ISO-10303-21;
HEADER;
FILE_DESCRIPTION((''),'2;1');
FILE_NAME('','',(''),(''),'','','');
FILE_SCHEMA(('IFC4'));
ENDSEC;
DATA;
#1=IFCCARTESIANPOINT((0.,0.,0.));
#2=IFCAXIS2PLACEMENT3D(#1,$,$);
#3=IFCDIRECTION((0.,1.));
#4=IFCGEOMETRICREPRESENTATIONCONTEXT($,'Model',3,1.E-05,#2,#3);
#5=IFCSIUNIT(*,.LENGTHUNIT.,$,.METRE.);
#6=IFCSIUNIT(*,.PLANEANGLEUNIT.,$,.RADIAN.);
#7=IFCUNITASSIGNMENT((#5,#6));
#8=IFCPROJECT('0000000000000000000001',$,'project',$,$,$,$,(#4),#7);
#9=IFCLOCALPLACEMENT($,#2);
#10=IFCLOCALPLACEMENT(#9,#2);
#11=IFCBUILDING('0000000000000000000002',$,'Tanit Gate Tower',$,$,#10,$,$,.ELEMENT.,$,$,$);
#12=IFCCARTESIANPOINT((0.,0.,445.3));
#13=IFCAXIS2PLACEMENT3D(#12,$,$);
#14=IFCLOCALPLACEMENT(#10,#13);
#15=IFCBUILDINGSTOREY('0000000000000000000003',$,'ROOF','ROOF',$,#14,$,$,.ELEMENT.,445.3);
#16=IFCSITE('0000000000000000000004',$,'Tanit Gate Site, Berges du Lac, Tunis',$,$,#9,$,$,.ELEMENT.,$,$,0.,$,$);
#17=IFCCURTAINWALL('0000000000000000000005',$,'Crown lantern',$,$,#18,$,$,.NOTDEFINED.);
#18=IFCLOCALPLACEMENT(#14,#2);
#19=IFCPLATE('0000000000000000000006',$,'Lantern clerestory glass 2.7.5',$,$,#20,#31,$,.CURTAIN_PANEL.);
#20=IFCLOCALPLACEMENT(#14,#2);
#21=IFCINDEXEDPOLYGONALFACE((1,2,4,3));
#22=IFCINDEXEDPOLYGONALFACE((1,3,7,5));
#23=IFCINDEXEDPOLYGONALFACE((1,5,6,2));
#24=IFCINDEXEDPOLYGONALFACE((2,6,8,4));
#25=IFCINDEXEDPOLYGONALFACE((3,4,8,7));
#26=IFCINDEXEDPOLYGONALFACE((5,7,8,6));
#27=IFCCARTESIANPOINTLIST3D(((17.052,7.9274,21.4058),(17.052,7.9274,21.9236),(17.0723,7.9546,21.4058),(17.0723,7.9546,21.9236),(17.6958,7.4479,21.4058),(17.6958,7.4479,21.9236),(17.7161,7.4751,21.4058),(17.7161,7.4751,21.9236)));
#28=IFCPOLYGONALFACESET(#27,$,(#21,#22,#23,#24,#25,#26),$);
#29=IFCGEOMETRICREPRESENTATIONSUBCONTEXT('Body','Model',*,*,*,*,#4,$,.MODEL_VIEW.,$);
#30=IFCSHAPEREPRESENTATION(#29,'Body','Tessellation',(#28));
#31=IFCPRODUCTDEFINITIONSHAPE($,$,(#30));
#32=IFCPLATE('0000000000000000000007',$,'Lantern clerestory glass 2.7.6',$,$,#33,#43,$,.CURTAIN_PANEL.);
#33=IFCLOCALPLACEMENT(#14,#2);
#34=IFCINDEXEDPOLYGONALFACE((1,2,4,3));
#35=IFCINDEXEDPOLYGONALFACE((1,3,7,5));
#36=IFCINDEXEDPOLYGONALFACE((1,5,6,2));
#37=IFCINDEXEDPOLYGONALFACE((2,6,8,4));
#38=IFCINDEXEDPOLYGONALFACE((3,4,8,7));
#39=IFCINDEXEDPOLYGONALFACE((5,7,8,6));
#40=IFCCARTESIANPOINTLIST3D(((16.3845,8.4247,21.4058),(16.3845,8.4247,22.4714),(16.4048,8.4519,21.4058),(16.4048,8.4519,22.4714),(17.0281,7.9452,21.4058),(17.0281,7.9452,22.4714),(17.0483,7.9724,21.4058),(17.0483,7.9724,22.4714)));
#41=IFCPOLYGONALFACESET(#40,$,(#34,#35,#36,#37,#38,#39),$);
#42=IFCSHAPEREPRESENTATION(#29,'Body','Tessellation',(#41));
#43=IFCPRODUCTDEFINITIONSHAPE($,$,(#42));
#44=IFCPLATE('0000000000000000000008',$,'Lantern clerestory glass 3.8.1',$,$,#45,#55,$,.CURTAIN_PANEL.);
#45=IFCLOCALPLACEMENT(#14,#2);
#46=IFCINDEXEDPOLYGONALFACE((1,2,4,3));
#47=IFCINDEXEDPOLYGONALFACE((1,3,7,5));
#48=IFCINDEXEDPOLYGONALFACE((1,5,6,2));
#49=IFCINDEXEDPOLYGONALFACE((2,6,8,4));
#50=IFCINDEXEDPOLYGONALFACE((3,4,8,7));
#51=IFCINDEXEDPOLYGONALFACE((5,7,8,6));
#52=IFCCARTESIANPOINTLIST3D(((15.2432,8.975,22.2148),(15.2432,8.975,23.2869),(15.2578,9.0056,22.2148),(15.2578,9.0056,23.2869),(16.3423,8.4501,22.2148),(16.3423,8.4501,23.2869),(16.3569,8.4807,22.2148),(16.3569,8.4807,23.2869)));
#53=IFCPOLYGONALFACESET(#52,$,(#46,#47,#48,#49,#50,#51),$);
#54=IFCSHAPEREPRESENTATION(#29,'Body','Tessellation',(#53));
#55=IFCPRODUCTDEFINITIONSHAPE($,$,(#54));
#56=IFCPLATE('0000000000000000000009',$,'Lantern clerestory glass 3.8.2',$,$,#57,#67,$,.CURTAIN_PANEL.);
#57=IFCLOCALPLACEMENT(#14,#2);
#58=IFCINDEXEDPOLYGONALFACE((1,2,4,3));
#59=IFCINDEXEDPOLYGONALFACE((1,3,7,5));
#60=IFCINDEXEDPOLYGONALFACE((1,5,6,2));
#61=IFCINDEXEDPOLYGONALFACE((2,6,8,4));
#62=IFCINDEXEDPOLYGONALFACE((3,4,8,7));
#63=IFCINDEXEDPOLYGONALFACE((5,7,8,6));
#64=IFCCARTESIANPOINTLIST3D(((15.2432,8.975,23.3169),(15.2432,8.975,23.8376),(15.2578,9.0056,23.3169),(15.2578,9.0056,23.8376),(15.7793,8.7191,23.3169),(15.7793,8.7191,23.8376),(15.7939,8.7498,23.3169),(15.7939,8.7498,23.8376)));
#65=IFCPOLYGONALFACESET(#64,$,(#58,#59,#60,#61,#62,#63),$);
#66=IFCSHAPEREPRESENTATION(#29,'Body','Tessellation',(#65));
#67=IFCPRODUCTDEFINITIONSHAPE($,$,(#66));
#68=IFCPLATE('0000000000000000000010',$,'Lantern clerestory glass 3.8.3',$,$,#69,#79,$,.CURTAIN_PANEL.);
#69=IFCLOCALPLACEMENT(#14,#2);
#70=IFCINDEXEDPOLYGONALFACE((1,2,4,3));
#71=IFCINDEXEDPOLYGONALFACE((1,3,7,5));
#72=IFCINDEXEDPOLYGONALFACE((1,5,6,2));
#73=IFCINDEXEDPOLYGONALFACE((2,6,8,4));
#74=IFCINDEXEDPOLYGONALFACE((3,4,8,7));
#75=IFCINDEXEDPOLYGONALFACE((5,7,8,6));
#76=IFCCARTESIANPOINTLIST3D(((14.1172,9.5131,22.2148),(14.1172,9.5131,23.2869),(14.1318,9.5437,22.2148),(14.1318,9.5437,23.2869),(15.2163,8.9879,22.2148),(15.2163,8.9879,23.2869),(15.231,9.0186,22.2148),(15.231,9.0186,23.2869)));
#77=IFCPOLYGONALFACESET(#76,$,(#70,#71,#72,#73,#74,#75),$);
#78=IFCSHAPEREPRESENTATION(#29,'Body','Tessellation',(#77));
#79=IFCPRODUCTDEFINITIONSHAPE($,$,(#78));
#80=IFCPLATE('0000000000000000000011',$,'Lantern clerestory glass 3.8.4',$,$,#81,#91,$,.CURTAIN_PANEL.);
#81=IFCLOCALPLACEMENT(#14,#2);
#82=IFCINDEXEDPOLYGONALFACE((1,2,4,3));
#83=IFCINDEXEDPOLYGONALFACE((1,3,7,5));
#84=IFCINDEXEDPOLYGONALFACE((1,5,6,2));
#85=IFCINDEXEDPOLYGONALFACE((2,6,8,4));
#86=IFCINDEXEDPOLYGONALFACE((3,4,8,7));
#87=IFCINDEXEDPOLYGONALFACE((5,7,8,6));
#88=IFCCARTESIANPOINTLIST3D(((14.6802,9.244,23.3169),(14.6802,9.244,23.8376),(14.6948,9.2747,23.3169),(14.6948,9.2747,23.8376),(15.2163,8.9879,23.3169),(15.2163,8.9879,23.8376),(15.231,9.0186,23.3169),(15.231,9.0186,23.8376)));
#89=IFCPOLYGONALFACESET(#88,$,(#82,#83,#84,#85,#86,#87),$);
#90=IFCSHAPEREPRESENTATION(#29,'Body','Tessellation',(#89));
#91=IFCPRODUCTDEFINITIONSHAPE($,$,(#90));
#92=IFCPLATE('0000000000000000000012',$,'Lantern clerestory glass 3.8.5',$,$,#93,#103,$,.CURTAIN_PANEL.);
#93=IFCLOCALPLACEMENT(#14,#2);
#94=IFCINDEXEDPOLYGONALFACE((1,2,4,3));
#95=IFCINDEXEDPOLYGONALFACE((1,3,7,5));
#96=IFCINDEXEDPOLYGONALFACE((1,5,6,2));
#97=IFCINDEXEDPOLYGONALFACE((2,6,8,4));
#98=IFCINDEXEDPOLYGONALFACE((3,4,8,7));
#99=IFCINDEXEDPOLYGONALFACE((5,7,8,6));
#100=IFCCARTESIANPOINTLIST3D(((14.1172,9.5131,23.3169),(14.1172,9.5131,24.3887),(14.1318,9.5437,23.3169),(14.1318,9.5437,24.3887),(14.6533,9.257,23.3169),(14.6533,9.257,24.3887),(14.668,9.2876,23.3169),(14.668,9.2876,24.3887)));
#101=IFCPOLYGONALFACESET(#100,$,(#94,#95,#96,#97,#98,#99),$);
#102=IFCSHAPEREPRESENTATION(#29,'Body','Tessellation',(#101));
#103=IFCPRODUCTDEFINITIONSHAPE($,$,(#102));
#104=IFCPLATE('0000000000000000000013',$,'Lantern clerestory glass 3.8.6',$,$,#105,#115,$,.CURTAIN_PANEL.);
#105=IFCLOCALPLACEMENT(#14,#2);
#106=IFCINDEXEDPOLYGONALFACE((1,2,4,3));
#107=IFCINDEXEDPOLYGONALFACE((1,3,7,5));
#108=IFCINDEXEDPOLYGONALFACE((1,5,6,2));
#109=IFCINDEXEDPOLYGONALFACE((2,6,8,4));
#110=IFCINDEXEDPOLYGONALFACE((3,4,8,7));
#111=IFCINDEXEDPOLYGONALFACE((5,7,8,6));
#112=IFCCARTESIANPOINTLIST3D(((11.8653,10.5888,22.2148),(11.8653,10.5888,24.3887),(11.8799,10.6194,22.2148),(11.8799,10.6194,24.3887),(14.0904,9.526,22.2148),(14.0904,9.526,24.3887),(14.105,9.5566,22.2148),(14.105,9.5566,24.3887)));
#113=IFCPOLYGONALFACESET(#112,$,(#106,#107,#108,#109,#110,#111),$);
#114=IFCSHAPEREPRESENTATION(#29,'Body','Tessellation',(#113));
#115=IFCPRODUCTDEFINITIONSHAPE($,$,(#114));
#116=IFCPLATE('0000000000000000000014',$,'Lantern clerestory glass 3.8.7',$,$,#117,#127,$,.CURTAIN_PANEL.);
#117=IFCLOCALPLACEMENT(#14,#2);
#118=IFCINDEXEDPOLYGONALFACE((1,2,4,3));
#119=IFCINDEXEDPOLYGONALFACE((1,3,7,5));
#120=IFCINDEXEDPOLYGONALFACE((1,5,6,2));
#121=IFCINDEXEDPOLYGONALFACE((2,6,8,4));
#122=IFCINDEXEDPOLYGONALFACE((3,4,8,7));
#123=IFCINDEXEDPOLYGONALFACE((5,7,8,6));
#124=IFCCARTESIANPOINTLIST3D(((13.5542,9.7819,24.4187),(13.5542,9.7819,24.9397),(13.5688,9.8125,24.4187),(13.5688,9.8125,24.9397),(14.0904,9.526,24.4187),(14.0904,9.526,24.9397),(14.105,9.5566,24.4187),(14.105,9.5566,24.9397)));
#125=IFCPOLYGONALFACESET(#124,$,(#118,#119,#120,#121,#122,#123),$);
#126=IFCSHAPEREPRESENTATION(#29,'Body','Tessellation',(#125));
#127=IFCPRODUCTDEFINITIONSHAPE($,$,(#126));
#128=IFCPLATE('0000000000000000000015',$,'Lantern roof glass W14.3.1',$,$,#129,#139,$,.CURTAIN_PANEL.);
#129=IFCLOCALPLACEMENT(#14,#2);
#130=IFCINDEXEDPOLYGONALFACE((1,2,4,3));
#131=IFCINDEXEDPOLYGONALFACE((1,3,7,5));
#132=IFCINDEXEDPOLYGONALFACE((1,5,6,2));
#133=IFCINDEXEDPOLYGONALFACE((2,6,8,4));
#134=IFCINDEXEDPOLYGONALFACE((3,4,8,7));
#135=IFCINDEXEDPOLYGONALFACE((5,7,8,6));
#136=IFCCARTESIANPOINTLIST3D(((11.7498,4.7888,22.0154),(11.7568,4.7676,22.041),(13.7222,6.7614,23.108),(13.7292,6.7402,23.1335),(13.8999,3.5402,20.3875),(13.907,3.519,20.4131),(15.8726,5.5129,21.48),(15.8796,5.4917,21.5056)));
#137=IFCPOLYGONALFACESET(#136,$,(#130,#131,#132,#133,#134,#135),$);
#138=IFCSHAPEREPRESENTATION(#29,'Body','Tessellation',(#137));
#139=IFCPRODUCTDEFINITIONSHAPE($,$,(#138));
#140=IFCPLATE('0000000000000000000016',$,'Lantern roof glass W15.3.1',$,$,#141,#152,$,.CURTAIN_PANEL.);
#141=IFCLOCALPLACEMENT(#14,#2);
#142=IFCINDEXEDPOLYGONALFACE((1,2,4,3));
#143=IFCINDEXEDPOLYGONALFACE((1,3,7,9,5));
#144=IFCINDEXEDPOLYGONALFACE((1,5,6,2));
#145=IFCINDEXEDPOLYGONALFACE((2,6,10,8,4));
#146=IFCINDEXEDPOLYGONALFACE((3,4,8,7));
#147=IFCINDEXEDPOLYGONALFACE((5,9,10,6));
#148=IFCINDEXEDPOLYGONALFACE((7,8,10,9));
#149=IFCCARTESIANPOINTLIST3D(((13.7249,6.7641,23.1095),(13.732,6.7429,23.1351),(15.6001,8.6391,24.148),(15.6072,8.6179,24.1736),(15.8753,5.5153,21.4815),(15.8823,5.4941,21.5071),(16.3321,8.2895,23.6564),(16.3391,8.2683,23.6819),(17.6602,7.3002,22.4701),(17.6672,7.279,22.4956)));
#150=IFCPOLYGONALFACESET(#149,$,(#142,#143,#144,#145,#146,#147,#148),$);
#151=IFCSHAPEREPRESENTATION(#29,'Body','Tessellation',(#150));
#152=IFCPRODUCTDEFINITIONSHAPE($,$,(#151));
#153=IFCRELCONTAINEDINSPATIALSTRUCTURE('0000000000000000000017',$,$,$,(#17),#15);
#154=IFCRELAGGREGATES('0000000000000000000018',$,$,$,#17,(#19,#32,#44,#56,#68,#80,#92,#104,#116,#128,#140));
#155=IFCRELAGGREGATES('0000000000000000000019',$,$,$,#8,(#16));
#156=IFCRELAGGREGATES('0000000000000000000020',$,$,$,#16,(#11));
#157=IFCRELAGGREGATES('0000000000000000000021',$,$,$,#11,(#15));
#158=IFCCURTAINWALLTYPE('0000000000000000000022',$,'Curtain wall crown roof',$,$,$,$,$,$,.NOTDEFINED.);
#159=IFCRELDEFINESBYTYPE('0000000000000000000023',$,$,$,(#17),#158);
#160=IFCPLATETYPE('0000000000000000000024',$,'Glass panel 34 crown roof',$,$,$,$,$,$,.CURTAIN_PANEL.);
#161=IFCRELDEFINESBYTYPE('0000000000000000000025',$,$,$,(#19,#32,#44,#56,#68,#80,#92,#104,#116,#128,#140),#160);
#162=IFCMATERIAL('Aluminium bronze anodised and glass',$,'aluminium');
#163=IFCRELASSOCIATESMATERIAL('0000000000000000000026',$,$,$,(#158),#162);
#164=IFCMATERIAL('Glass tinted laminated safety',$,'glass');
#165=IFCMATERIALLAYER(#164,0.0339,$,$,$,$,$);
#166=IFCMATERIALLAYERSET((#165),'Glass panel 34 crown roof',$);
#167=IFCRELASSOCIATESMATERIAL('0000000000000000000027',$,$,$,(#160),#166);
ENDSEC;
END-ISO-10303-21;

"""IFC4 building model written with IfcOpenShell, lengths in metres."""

from ifc_helpers import new_model, si_unit, direction, frame, origin, place, context, subcontext, project, spatial, polyline, outline, extrude, material, layer, layer_set, type_object, element, aggregate, save


model = new_model("IFC4")

# Units and contexts
model_context = context("Model", 3, precision=1e-05, world=origin(), true_north=direction((0.0, 1.0)))
body_context = subcontext(model_context, "Body", "Model", "MODEL_VIEW")
ifc_project = project(units=[si_unit("LENGTHUNIT", "METRE"), si_unit("PLANEANGLEUNIT", "RADIAN")], contexts=[model_context])

# Site, building, storey
site_placement = place(None, origin())
site = spatial("IfcSite", under=ifc_project, at=site_placement, Name="Tanit Gate Site, Berges du Lac, Tunis", CompositionType="ELEMENT", RefElevation=0.0)
building_placement = place(site_placement, origin())
building = spatial("IfcBuilding", under=site, at=building_placement, Name="Tanit Gate Tower", CompositionType="ELEMENT")
storey_placement = place(building_placement, frame((0.0, 0.0, 445.3)))
storey = spatial("IfcBuildingStorey", under=building, at=storey_placement, Name="ROOF", Description="ROOF", CompositionType="ELEMENT", Elevation=445.3)

# Curtain wall, plates
ifc_material_1 = material(Name="Aluminium bronze anodised and glass", Category="aluminium")
curtain_wall_type = type_object("IfcCurtainWallType", Name="Curtain wall crown roof", PredefinedType="NOTDEFINED", material=ifc_material_1)
curtain_wall_placement = place(storey_placement, origin())
curtain_wall = element("IfcCurtainWall", 1, at=curtain_wall_placement, inside=storey, type_object=curtain_wall_type, Name="Crown lantern", PredefinedType="NOTDEFINED")
ifc_material_2 = material(Name="Glass tinted laminated safety", Category="glass")
ifc_layer = layer(ifc_material_2, 0.0339)
ifc_layer_set = layer_set([ifc_layer], Name="Glass panel 34 crown roof")
plate_type = type_object("IfcPlateType", Name="Glass panel 34 crown roof", PredefinedType="CURTAIN_PANEL", material=ifc_layer_set)
plate_1_placement = place(storey_placement, frame((17.7161, 7.4751, 21.4058), z_axis=(0.59732, 0.802003, 0.0), x_axis=(-0.802003, 0.59732, 0.0)))
plate_1 = element("IfcPlate", 2, at=plate_1_placement, type_object=plate_type, Name="Lantern clerestory glass 2.7.5", PredefinedType="CURTAIN_PANEL", context=body_context, shape_type="SweptSolid", body=[
    extrude(outline(polyline([(0.0, 0.0), (0.8027, 0.0), (0.8027, 0.5178), (0.0, 0.5178), (0.0, 0.0)])), origin(), (0.0, 0.0, -1.0), 0.0339),
])
plate_2_placement = place(storey_placement, frame((17.0483, 7.9724, 21.4058), z_axis=(0.597466, 0.801894, 0.0), x_axis=(-0.801894, 0.597466, 0.0)))
plate_2 = element("IfcPlate", 3, at=plate_2_placement, type_object=plate_type, Name="Lantern clerestory glass 2.7.6", PredefinedType="CURTAIN_PANEL", context=body_context, shape_type="SweptSolid", body=[
    extrude(outline(polyline([(0.0, 0.0), (0.8025, 0.0), (0.8025, 1.0657), (0.0, 1.0657), (0.0, 0.0)])), origin(), (0.0, 0.0, -1.0), 0.0339),
])
plate_3_placement = place(storey_placement, frame((16.3569, 8.4807, 22.2148), z_axis=(0.430945, 0.902378, 0.0), x_axis=(-0.902378, 0.430945, 0.0)))
plate_3 = element("IfcPlate", 4, at=plate_3_placement, type_object=plate_type, Name="Lantern clerestory glass 3.8.1", PredefinedType="CURTAIN_PANEL", context=body_context, shape_type="SweptSolid", body=[
    extrude(outline(polyline([(0.0, 0.0), (1.218, 0.0), (1.218, 1.072), (0.0, 1.072), (0.0, 0.0)])), origin(), (0.0, 0.0, -1.0), 0.0339),
])
plate_4_placement = place(storey_placement, frame((15.7939, 8.7498, 23.3169), z_axis=(0.430699, 0.902496, 0.0), x_axis=(-0.902496, 0.430699, 0.0)))
plate_4 = element("IfcPlate", 5, at=plate_4_placement, type_object=plate_type, Name="Lantern clerestory glass 3.8.2", PredefinedType="CURTAIN_PANEL", context=body_context, shape_type="SweptSolid", body=[
    extrude(outline(polyline([(0.0, 0.0), (0.5941, 0.0), (0.5941, 0.5208), (0.0, 0.5208), (0.0, 0.0)])), origin(), (0.0, 0.0, -1.0), 0.0339),
])
plate_5_placement = place(storey_placement, frame((15.231, 9.0186, 22.2148), z_axis=(0.431108, 0.9023, 0.0), x_axis=(-0.9023, 0.431108, 0.0)))
plate_5 = element("IfcPlate", 6, at=plate_5_placement, type_object=plate_type, Name="Lantern clerestory glass 3.8.3", PredefinedType="CURTAIN_PANEL", context=body_context, shape_type="SweptSolid", body=[
    extrude(outline(polyline([(0.0, 0.0), (1.2181, 0.0), (1.2181, 1.072), (0.0, 1.072), (0.0, 0.0)])), origin(), (0.0, 0.0, -1.0), 0.0339),
])
plate_6_placement = place(storey_placement, frame((15.231, 9.0186, 23.3169), z_axis=(0.431034, 0.902336, 0.0), x_axis=(-0.902336, 0.431034, 0.0)))
plate_6 = element("IfcPlate", 7, at=plate_6_placement, type_object=plate_type, Name="Lantern clerestory glass 3.8.4", PredefinedType="CURTAIN_PANEL", context=body_context, shape_type="SweptSolid", body=[
    extrude(outline(polyline([(0.0, 0.0), (0.5942, 0.0), (0.5942, 0.5208), (0.0, 0.5208), (0.0, 0.0)])), origin(), (0.0, 0.0, -1.0), 0.0339),
])
plate_7_placement = place(storey_placement, frame((14.668, 9.2876, 23.3169), z_axis=(0.431034, 0.902336, 0.0), x_axis=(-0.902336, 0.431034, 0.0)))
plate_7 = element("IfcPlate", 8, at=plate_7_placement, type_object=plate_type, Name="Lantern clerestory glass 3.8.5", PredefinedType="CURTAIN_PANEL", context=body_context, shape_type="SweptSolid", body=[
    extrude(outline(polyline([(0.0, 0.0), (0.5942, 0.0), (0.5942, 1.0718), (0.0, 1.0718), (0.0, 0.0)])), origin(), (0.0, 0.0, -1.0), 0.0339),
])
plate_8_placement = place(storey_placement, frame((14.105, 9.5566, 22.2148), z_axis=(0.430982, 0.90236, 0.0), x_axis=(-0.90236, 0.430982, 0.0)))
plate_8 = element("IfcPlate", 9, at=plate_8_placement, type_object=plate_type, Name="Lantern clerestory glass 3.8.6", PredefinedType="CURTAIN_PANEL", context=body_context, shape_type="SweptSolid", body=[
    extrude(outline(polyline([(0.0, 0.0), (2.4659, 0.0), (2.4659, 2.1738), (0.0, 2.1738), (0.0, 0.0)])), origin(), (0.0, 0.0, -1.0), 0.0339),
])
plate_9_placement = place(storey_placement, frame((14.105, 9.5566, 24.4187), z_axis=(0.430699, 0.902496, 0.0), x_axis=(-0.902496, 0.430699, 0.0)))
plate_9 = element("IfcPlate", 10, at=plate_9_placement, type_object=plate_type, Name="Lantern clerestory glass 3.8.7", PredefinedType="CURTAIN_PANEL", context=body_context, shape_type="SweptSolid", body=[
    extrude(outline(polyline([(0.0, 0.0), (0.5941, 0.0), (0.5941, 0.521), (0.0, 0.521), (0.0, 0.0)])), origin(), (0.0, 0.0, -1.0), 0.0339),
])
plate_10_placement = place(storey_placement, frame((13.907, 3.519, 20.4131), z_axis=(0.207467, -0.624482, 0.75298), x_axis=(0.658415, 0.658422, 0.364649)))
plate_10 = element("IfcPlate", 11, at=plate_10_placement, type_object=plate_type, Name="Lantern roof glass W14.3.1", PredefinedType="CURTAIN_PANEL", context=body_context, shape_type="SweptSolid", body=[
    extrude(outline(polyline([(0.0, 0.0), (2.9961, 0.0), (2.9959, 2.9721), (0.0, 2.9719), (0.0, 0.0)])), origin(), (0.0, 0.0, -1.0), 0.0339),
])
plate_11_placement = place(storey_placement, frame((15.8823, 5.4941, 21.5071), z_axis=(0.207432, -0.624482, 0.75299), x_axis=(0.658423, 0.658408, 0.364661)))
plate_11 = element("IfcPlate", 12, at=plate_11_placement, type_object=plate_type, Name="Lantern roof glass W15.3.1", PredefinedType="CURTAIN_PANEL", context=body_context, shape_type="SweptSolid", body=[
    extrude(outline(polyline([(0.0, 0.0), (2.7109, 0.0), (2.9204, 2.0263), (2.8479, 2.9721), (0.0, 2.9722), (0.0, 0.0)])), origin(), (0.0, 0.0, -1.0), 0.0339),
])
aggregate(curtain_wall, [plate_1, plate_2, plate_3, plate_4, plate_5, plate_6, plate_7, plate_8, plate_9, plate_10, plate_11])

save(model, "model.ifc")
